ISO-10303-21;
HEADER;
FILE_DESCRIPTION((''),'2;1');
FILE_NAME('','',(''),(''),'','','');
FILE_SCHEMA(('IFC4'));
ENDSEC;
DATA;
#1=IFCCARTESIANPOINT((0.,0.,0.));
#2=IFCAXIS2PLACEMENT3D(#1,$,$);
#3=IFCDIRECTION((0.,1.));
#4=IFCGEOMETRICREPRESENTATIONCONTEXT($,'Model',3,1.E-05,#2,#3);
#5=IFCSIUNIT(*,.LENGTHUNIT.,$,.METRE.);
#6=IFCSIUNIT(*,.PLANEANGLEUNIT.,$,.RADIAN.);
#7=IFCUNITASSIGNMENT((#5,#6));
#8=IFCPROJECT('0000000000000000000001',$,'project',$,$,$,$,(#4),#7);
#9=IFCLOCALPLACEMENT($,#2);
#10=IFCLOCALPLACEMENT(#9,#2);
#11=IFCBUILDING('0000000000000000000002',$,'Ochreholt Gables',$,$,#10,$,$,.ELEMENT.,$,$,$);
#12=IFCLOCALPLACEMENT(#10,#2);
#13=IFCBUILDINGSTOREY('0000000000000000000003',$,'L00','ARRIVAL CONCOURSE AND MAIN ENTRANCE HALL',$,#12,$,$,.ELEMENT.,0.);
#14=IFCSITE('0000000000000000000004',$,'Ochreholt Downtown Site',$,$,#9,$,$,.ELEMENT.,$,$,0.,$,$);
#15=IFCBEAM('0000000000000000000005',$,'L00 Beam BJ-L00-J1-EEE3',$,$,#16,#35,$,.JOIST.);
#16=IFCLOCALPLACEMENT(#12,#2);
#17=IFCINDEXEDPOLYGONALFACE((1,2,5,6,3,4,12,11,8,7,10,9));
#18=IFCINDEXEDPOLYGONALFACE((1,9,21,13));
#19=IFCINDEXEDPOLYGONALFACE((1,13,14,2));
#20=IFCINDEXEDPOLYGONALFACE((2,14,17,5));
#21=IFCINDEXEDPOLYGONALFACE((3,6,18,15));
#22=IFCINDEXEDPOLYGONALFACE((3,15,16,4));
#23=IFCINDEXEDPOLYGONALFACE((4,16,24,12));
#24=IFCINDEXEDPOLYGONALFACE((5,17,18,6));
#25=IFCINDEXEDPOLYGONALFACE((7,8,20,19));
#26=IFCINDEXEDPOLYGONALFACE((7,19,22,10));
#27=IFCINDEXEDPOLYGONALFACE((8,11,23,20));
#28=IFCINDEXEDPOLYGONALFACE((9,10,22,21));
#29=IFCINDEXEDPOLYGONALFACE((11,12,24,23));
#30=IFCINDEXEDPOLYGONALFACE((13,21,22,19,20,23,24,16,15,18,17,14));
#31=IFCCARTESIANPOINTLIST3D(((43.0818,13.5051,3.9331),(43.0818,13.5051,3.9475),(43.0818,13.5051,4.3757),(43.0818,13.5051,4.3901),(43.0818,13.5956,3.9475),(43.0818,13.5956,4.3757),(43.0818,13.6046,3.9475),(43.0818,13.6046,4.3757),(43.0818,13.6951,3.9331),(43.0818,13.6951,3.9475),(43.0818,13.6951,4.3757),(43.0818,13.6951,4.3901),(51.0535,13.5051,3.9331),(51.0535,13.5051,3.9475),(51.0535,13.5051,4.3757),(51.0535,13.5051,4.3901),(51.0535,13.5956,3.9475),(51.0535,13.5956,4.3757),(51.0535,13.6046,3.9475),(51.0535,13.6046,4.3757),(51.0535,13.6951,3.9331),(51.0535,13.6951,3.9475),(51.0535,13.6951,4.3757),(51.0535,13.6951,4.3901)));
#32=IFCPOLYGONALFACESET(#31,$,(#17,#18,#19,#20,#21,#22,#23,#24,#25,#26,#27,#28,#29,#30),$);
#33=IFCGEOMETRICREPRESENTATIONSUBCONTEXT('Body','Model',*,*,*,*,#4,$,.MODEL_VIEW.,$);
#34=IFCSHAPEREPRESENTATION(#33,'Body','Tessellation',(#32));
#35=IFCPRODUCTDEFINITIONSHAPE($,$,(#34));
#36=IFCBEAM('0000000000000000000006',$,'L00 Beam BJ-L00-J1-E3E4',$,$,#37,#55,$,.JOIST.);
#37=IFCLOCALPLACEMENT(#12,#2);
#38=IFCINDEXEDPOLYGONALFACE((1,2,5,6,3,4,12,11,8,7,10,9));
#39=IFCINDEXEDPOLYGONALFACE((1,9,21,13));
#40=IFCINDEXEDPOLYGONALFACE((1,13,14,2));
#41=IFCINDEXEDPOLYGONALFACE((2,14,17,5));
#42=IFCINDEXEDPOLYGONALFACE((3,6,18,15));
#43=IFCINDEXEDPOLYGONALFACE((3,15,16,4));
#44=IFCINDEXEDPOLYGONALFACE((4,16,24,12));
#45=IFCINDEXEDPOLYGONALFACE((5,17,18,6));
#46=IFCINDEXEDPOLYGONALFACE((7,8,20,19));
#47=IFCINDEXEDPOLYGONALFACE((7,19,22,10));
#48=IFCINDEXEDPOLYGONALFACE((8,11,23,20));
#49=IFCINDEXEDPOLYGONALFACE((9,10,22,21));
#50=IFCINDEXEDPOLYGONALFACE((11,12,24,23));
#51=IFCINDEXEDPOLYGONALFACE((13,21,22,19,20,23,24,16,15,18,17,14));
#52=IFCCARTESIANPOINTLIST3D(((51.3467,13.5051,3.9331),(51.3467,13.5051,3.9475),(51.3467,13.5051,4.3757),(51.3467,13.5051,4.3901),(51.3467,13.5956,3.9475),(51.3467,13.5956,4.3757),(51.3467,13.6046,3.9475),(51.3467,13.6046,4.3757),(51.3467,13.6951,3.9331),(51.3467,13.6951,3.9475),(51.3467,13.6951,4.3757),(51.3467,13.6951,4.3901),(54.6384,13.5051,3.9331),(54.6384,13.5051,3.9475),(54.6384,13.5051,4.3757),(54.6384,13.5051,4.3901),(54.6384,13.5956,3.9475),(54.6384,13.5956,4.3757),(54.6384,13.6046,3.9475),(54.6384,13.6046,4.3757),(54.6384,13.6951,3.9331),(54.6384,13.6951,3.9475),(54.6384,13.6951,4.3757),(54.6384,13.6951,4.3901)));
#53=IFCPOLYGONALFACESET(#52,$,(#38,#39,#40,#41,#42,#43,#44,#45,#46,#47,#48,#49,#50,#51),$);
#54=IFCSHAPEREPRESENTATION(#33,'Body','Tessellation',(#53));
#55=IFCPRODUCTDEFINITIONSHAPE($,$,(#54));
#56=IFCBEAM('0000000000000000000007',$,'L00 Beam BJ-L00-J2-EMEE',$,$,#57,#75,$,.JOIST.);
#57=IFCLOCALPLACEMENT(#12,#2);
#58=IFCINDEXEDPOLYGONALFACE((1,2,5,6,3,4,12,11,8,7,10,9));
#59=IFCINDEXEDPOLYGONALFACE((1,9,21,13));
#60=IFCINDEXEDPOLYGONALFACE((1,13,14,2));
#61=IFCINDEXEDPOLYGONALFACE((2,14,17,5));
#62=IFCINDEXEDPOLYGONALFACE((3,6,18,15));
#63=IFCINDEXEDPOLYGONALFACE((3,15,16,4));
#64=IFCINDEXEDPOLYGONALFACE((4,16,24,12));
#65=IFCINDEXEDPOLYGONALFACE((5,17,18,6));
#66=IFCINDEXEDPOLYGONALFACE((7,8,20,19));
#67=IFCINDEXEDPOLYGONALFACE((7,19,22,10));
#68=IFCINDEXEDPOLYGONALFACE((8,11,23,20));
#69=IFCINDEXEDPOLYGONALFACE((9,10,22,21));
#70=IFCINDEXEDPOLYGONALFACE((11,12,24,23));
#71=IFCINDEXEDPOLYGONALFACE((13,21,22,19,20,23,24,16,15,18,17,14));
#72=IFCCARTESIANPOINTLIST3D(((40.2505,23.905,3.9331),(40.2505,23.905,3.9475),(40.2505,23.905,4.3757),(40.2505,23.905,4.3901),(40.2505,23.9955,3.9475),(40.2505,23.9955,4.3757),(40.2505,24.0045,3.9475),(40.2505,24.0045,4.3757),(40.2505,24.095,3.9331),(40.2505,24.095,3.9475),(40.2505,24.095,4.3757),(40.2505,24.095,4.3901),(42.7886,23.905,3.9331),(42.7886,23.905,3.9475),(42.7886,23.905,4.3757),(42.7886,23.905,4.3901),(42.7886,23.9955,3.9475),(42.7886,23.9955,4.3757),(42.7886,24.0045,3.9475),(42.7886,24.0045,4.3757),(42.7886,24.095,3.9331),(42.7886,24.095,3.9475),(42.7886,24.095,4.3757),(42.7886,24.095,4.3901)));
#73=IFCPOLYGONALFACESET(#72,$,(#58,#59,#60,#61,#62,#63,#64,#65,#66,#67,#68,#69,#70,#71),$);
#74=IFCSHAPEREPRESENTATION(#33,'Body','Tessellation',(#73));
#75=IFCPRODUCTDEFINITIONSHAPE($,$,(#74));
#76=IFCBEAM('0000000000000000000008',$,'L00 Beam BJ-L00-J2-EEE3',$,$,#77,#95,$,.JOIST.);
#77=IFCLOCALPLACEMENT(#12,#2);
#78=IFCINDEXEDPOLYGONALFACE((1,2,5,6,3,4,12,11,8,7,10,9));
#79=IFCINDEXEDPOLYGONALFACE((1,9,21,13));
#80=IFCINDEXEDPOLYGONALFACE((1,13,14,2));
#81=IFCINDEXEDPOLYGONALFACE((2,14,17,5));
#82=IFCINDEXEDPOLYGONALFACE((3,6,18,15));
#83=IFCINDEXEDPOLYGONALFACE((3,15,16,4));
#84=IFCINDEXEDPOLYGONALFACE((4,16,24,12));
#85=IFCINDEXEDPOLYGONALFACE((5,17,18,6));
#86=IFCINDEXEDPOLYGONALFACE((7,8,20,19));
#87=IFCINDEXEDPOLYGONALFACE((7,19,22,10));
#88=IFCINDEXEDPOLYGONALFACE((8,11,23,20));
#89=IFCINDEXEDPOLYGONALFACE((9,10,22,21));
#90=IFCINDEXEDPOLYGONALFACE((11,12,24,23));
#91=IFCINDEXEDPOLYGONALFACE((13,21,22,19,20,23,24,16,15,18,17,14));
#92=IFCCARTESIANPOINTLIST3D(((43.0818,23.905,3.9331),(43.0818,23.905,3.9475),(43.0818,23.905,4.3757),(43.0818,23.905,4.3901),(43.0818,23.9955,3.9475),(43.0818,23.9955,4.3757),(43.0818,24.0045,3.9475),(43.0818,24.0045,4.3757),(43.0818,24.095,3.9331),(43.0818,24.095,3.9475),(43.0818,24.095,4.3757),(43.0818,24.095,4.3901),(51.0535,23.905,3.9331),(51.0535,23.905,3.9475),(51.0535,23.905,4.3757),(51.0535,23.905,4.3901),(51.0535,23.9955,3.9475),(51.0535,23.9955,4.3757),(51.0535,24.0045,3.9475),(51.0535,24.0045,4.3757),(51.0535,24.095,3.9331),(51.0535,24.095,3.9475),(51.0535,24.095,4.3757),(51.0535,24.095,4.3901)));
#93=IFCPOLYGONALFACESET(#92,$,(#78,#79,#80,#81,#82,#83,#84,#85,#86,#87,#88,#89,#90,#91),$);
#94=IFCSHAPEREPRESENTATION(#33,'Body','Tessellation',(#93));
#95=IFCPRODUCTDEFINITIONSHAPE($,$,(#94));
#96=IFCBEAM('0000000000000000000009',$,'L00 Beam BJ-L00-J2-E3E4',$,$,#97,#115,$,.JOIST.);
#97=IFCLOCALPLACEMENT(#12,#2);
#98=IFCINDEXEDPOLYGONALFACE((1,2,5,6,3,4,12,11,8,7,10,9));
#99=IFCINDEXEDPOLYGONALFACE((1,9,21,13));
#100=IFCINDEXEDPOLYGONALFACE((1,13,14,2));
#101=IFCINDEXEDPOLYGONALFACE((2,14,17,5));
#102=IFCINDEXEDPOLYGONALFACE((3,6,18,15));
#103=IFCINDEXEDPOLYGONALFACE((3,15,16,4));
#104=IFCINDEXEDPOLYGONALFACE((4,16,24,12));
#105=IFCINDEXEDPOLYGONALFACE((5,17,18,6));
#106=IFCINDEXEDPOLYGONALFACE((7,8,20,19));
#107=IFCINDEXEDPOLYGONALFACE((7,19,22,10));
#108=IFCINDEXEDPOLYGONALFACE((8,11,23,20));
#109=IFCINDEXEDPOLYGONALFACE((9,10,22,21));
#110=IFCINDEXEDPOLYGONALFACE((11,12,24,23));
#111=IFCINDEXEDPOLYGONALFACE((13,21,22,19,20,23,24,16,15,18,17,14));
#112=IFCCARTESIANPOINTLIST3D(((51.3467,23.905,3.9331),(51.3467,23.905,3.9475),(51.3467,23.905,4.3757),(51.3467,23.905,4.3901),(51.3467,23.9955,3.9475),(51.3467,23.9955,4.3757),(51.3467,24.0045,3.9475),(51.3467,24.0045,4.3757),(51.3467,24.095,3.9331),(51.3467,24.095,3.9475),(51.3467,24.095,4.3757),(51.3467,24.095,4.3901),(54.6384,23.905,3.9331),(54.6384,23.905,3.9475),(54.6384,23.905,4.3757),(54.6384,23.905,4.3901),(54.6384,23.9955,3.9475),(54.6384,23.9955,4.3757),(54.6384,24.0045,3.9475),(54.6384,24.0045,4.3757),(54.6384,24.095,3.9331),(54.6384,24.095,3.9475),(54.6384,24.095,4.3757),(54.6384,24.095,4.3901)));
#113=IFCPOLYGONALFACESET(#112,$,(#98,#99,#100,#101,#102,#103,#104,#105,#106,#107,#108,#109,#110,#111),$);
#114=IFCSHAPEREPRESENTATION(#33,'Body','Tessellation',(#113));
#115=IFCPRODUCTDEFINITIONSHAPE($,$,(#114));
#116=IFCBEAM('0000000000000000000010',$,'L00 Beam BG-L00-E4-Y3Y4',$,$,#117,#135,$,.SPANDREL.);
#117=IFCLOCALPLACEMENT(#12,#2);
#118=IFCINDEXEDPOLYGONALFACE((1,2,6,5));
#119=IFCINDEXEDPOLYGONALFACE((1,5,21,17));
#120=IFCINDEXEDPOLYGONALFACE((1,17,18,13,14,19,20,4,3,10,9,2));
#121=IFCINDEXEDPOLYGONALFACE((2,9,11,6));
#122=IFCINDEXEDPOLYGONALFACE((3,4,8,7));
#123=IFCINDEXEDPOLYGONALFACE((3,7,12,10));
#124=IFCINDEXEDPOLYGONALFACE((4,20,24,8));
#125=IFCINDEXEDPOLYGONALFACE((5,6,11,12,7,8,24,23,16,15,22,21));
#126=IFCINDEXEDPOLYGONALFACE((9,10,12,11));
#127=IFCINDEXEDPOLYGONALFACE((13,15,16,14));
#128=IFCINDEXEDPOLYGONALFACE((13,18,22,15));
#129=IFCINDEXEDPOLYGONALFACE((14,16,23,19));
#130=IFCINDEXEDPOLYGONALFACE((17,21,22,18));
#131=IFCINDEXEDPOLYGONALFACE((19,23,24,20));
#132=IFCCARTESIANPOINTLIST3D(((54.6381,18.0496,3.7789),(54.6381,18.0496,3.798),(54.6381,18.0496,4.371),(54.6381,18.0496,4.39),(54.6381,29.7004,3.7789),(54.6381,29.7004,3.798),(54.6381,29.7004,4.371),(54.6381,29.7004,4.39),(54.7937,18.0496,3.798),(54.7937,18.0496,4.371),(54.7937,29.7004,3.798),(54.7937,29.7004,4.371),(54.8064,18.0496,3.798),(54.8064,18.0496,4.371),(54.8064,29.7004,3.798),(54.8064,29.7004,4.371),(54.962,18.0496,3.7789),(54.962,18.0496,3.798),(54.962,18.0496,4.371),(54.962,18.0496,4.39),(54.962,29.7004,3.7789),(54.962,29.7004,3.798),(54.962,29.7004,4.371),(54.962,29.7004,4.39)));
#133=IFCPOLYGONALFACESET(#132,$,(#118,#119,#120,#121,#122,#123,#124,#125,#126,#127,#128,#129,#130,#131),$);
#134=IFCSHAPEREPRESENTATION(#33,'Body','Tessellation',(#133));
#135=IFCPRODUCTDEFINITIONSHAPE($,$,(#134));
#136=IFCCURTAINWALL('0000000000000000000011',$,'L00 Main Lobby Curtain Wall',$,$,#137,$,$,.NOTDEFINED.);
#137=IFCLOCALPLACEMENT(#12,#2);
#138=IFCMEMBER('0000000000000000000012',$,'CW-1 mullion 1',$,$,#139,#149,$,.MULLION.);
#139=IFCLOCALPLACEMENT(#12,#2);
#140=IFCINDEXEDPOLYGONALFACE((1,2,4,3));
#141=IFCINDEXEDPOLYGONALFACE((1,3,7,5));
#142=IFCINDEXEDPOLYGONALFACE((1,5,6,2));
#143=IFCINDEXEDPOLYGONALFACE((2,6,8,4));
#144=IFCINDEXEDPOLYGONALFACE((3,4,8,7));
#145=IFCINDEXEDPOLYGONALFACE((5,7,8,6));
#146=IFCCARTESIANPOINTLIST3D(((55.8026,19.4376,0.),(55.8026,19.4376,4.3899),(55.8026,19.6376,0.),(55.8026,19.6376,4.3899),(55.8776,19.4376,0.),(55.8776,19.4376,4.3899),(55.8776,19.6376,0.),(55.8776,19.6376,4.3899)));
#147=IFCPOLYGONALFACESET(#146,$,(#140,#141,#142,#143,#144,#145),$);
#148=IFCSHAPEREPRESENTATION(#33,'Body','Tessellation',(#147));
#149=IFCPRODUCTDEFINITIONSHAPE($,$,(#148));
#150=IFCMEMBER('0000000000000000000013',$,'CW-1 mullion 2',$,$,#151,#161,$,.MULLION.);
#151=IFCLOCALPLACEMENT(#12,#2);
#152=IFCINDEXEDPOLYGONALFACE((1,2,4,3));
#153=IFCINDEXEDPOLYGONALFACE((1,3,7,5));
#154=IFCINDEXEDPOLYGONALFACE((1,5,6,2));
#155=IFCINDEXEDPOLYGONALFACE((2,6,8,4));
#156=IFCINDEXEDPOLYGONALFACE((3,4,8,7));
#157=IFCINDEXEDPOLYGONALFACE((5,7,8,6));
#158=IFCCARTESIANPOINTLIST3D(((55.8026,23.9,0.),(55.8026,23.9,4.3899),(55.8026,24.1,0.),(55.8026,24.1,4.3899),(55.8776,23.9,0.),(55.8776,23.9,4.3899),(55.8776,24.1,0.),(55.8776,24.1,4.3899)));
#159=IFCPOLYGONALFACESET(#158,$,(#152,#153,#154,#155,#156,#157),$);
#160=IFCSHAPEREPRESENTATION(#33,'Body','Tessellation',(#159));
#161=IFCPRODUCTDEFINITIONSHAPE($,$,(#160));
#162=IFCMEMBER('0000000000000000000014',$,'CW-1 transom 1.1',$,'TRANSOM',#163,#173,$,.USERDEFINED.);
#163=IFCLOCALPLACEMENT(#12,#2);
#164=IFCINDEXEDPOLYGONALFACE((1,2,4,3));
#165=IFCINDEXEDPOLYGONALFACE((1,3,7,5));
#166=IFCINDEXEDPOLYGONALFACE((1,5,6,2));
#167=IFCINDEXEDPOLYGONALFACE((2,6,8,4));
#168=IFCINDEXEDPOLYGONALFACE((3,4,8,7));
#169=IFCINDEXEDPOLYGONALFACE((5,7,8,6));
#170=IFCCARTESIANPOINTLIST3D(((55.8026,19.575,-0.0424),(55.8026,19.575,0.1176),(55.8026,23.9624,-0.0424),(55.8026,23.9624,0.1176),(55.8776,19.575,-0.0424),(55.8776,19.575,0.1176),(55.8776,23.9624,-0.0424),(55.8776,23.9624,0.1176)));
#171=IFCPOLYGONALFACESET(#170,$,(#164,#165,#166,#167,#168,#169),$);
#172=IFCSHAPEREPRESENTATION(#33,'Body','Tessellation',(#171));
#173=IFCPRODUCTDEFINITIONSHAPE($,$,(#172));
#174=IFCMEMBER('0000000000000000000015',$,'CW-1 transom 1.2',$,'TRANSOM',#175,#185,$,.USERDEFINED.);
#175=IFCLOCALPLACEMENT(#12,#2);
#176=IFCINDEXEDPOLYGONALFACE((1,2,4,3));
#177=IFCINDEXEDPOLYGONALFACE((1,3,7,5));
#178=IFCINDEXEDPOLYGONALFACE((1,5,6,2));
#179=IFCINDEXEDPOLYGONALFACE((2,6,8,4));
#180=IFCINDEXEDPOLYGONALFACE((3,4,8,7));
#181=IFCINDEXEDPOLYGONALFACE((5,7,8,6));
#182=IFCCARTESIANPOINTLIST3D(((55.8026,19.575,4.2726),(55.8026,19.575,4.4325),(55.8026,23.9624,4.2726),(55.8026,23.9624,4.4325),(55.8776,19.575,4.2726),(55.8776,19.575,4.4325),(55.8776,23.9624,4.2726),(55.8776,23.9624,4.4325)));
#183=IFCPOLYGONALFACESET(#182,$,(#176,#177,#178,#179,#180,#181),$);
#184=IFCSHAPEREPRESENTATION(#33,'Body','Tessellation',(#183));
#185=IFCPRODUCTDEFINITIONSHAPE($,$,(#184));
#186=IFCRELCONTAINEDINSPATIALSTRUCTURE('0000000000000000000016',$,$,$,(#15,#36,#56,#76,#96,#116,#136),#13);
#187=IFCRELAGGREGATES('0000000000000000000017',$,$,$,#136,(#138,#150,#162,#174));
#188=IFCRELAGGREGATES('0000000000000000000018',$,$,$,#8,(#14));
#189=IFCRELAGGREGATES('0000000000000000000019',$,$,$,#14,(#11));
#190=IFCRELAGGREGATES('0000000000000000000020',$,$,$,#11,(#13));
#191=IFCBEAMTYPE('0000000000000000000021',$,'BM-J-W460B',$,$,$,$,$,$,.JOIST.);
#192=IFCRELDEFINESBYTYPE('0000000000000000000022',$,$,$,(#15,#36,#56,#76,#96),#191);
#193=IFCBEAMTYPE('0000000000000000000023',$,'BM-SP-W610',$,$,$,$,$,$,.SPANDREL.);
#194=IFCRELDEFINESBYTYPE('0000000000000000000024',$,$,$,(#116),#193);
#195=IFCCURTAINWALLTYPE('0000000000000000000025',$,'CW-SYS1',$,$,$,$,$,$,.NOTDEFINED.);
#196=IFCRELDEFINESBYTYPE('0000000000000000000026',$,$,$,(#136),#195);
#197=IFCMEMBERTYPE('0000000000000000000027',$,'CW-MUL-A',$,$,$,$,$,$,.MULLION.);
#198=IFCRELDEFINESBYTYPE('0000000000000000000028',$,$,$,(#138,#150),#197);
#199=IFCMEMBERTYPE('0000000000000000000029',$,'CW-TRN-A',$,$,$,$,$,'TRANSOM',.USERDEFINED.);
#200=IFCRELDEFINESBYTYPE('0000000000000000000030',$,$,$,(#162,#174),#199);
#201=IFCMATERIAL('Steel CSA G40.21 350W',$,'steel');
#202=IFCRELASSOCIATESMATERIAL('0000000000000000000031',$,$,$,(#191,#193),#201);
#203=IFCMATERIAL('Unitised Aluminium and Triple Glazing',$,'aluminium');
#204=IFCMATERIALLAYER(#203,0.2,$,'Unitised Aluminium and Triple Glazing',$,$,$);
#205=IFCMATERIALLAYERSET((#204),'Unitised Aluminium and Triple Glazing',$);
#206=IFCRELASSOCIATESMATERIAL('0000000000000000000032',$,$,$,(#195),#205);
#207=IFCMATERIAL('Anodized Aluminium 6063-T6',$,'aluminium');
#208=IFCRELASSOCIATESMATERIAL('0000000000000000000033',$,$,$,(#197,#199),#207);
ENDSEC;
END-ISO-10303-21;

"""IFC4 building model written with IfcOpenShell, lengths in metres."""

from ifc_helpers import new_model, si_unit, direction, frame, origin, origin_2d, place, context, subcontext, project, spatial, rectangle, i_section, extrude, material, layer, layer_set, material_profile, profile_set, type_object, element, aggregate, save


model = new_model("IFC4")

# Units and contexts
model_context = context("Model", 3, precision=1e-05, world=origin(), true_north=direction((0.0, 1.0)))
body_context = subcontext(model_context, "Body", "Model", "MODEL_VIEW")
ifc_project = project(units=[si_unit("LENGTHUNIT", "METRE"), si_unit("PLANEANGLEUNIT", "RADIAN")], contexts=[model_context])

# Site, building, storey
site_placement = place(None, origin())
site = spatial("IfcSite", under=ifc_project, at=site_placement, Name="Ochreholt Downtown Site", CompositionType="ELEMENT", RefElevation=0.0)
building_placement = place(site_placement, origin())
building = spatial("IfcBuilding", under=site, at=building_placement, Name="Ochreholt Gables", CompositionType="ELEMENT")
storey_placement = place(building_placement, origin())
storey = spatial("IfcBuildingStorey", under=building, at=storey_placement, Name="L00", Description="ARRIVAL CONCOURSE AND MAIN ENTRANCE HALL", CompositionType="ELEMENT", Elevation=0.0)

# Shared definitions
ifc_material_1 = material(Name="Steel CSA G40.21 350W", Category="steel")

# Beams
ifc_material_profile_1 = material_profile(ifc_material_1, i_section(OverallWidth=0.1899, OverallDepth=0.457, WebThickness=0.009, FlangeThickness=0.0144, at=origin_2d()), Name="W460X74")
ifc_profile_set_1 = profile_set([ifc_material_profile_1], Name="Steel CSA G40.21 350W")
beam_type_1 = type_object("IfcBeamType", Name="BM-J-W460B", PredefinedType="JOIST", material=ifc_profile_set_1)
beam_1_placement = place(storey_placement, frame((43.0818, 13.6001, 4.1616), z_axis=(1.0, 0.0, 0.0), x_axis=(0.0, 1.0, 0.0)))
element("IfcBeam", 1, at=beam_1_placement, inside=storey, type_object=beam_type_1, Name="L00 Beam BJ-L00-J1-EEE3", PredefinedType="JOIST", context=body_context, shape_type="SweptSolid", body=[
    extrude(i_section(OverallWidth=0.1899, OverallDepth=0.457, WebThickness=0.009, FlangeThickness=0.0144, at=origin_2d()), origin(), (0.0, 0.0, 1.0), 7.9717),
])
beam_2_placement = place(storey_placement, frame((51.3467, 13.6001, 4.1616), z_axis=(1.0, 0.0, 0.0), x_axis=(0.0, 1.0, 0.0)))
element("IfcBeam", 2, at=beam_2_placement, inside=storey, type_object=beam_type_1, Name="L00 Beam BJ-L00-J1-E3E4", PredefinedType="JOIST", context=body_context, shape_type="SweptSolid", body=[
    extrude(i_section(OverallWidth=0.1899, OverallDepth=0.457, WebThickness=0.009, FlangeThickness=0.0144, at=origin_2d()), origin(), (0.0, 0.0, 1.0), 3.2917),
])
beam_3_placement = place(storey_placement, frame((40.2505, 24.0, 4.1616), z_axis=(1.0, 0.0, 0.0), x_axis=(0.0, 1.0, 0.0)))
element("IfcBeam", 3, at=beam_3_placement, inside=storey, type_object=beam_type_1, Name="L00 Beam BJ-L00-J2-EMEE", PredefinedType="JOIST", context=body_context, shape_type="SweptSolid", body=[
    extrude(i_section(OverallWidth=0.1899, OverallDepth=0.457, WebThickness=0.009, FlangeThickness=0.0144, at=origin_2d()), origin(), (0.0, 0.0, 1.0), 2.5381),
])
beam_4_placement = place(storey_placement, frame((43.0818, 24.0, 4.1616), z_axis=(1.0, 0.0, 0.0), x_axis=(0.0, 1.0, 0.0)))
element("IfcBeam", 4, at=beam_4_placement, inside=storey, type_object=beam_type_1, Name="L00 Beam BJ-L00-J2-EEE3", PredefinedType="JOIST", context=body_context, shape_type="SweptSolid", body=[
    extrude(i_section(OverallWidth=0.1899, OverallDepth=0.457, WebThickness=0.009, FlangeThickness=0.0144, at=origin_2d()), origin(), (0.0, 0.0, 1.0), 7.9717),
])
beam_5_placement = place(storey_placement, frame((51.3467, 24.0, 4.1616), z_axis=(1.0, 0.0, 0.0), x_axis=(0.0, 1.0, 0.0)))
element("IfcBeam", 5, at=beam_5_placement, inside=storey, type_object=beam_type_1, Name="L00 Beam BJ-L00-J2-E3E4", PredefinedType="JOIST", context=body_context, shape_type="SweptSolid", body=[
    extrude(i_section(OverallWidth=0.1899, OverallDepth=0.457, WebThickness=0.009, FlangeThickness=0.0144, at=origin_2d()), origin(), (0.0, 0.0, 1.0), 3.2917),
])
ifc_material_profile_2 = material_profile(ifc_material_1, i_section(OverallWidth=0.324, OverallDepth=0.6111, WebThickness=0.0127, FlangeThickness=0.019, at=origin_2d()), Name="W610X155")
ifc_profile_set_2 = profile_set([ifc_material_profile_2], Name="Steel CSA G40.21 350W")
beam_type_2 = type_object("IfcBeamType", Name="BM-SP-W610", PredefinedType="SPANDREL", material=ifc_profile_set_2)
beam_6_placement = place(storey_placement, frame((54.8, 18.0496, 4.0845), z_axis=(0.0, 1.0, 0.0), x_axis=(-1.0, 0.0, 0.0)))
element("IfcBeam", 6, at=beam_6_placement, inside=storey, type_object=beam_type_2, Name="L00 Beam BG-L00-E4-Y3Y4", PredefinedType="SPANDREL", context=body_context, shape_type="SweptSolid", body=[
    extrude(i_section(OverallWidth=0.324, OverallDepth=0.6111, WebThickness=0.0127, FlangeThickness=0.019, at=origin_2d()), origin(), (0.0, 0.0, 1.0), 11.6509),
])

# Curtain wall, members
ifc_material_2 = material(Name="Unitised Aluminium and Triple Glazing", Category="aluminium")
ifc_layer_1 = layer(ifc_material_2, 0.2, Name="Unitised Aluminium and Triple Glazing")
ifc_layer_set_1 = layer_set([ifc_layer_1], Name="Unitised Aluminium and Triple Glazing")
curtain_wall_type = type_object("IfcCurtainWallType", Name="CW-SYS1", PredefinedType="NOTDEFINED", material=ifc_layer_set_1)
curtain_wall_placement = place(storey_placement, origin())
curtain_wall = element("IfcCurtainWall", 7, at=curtain_wall_placement, inside=storey, type_object=curtain_wall_type, Name="L00 Main Lobby Curtain Wall", PredefinedType="NOTDEFINED")
ifc_material_3 = material(Name="Anodized Aluminium 6063-T6", Category="aluminium")
ifc_material_profile_3 = material_profile(ifc_material_3, rectangle(XDim=0.075, YDim=0.2, at=origin_2d()), Name="CWM75X200")
ifc_profile_set_3 = profile_set([ifc_material_profile_3], Name="Anodized Aluminium 6063-T6")
member_type_1 = type_object("IfcMemberType", Name="CW-MUL-A", PredefinedType="MULLION", material=ifc_profile_set_3)
member_1_placement = place(storey_placement, frame((55.8401, 19.5376, 0.0), z_axis=(0.0, 0.0, 1.0), x_axis=(-1.0, 0.0, 0.0)))
member_1 = element("IfcMember", 8, at=member_1_placement, type_object=member_type_1, Name="CW-1 mullion 1", PredefinedType="MULLION", context=body_context, shape_type="SweptSolid", body=[
    extrude(rectangle(XDim=0.075, YDim=0.2, at=origin_2d()), origin(), (0.0, 0.0, 1.0), 4.3899),
])
member_2_placement = place(storey_placement, frame((55.8401, 24.0, 0.0), z_axis=(0.0, 0.0, 1.0), x_axis=(-1.0, 0.0, 0.0)))
member_2 = element("IfcMember", 9, at=member_2_placement, type_object=member_type_1, Name="CW-1 mullion 2", PredefinedType="MULLION", context=body_context, shape_type="SweptSolid", body=[
    extrude(rectangle(XDim=0.075, YDim=0.2, at=origin_2d()), origin(), (0.0, 0.0, 1.0), 4.3899),
])
ifc_material_profile_4 = material_profile(ifc_material_3, rectangle(XDim=0.075, YDim=0.1599, at=origin_2d()), Name="CWT75X160")
ifc_profile_set_4 = profile_set([ifc_material_profile_4], Name="Anodized Aluminium 6063-T6")
member_type_2 = type_object("IfcMemberType", Name="CW-TRN-A", ElementType="TRANSOM", PredefinedType="USERDEFINED", material=ifc_profile_set_4)
member_3_placement = place(storey_placement, frame((55.8401, 19.575, 0.0376), z_axis=(0.0, 1.0, 0.0), x_axis=(-1.0, 0.0, 0.0)))
member_3 = element("IfcMember", 10, at=member_3_placement, type_object=member_type_2, Name="CW-1 transom 1.1", ObjectType="TRANSOM", PredefinedType="USERDEFINED", context=body_context, shape_type="SweptSolid", body=[
    extrude(rectangle(XDim=0.075, YDim=0.1599, at=origin_2d()), origin(), (0.0, 0.0, 1.0), 4.3875),
])
member_4_placement = place(storey_placement, frame((55.8401, 19.575, 4.3525), z_axis=(0.0, 1.0, 0.0), x_axis=(-1.0, 0.0, 0.0)))
member_4 = element("IfcMember", 11, at=member_4_placement, type_object=member_type_2, Name="CW-1 transom 1.2", ObjectType="TRANSOM", PredefinedType="USERDEFINED", context=body_context, shape_type="SweptSolid", body=[
    extrude(rectangle(XDim=0.075, YDim=0.1599, at=origin_2d()), origin(), (0.0, 0.0, 1.0), 4.3875),
])
aggregate(curtain_wall, [member_1, member_2, member_3, member_4])

save(model, "model.ifc")
